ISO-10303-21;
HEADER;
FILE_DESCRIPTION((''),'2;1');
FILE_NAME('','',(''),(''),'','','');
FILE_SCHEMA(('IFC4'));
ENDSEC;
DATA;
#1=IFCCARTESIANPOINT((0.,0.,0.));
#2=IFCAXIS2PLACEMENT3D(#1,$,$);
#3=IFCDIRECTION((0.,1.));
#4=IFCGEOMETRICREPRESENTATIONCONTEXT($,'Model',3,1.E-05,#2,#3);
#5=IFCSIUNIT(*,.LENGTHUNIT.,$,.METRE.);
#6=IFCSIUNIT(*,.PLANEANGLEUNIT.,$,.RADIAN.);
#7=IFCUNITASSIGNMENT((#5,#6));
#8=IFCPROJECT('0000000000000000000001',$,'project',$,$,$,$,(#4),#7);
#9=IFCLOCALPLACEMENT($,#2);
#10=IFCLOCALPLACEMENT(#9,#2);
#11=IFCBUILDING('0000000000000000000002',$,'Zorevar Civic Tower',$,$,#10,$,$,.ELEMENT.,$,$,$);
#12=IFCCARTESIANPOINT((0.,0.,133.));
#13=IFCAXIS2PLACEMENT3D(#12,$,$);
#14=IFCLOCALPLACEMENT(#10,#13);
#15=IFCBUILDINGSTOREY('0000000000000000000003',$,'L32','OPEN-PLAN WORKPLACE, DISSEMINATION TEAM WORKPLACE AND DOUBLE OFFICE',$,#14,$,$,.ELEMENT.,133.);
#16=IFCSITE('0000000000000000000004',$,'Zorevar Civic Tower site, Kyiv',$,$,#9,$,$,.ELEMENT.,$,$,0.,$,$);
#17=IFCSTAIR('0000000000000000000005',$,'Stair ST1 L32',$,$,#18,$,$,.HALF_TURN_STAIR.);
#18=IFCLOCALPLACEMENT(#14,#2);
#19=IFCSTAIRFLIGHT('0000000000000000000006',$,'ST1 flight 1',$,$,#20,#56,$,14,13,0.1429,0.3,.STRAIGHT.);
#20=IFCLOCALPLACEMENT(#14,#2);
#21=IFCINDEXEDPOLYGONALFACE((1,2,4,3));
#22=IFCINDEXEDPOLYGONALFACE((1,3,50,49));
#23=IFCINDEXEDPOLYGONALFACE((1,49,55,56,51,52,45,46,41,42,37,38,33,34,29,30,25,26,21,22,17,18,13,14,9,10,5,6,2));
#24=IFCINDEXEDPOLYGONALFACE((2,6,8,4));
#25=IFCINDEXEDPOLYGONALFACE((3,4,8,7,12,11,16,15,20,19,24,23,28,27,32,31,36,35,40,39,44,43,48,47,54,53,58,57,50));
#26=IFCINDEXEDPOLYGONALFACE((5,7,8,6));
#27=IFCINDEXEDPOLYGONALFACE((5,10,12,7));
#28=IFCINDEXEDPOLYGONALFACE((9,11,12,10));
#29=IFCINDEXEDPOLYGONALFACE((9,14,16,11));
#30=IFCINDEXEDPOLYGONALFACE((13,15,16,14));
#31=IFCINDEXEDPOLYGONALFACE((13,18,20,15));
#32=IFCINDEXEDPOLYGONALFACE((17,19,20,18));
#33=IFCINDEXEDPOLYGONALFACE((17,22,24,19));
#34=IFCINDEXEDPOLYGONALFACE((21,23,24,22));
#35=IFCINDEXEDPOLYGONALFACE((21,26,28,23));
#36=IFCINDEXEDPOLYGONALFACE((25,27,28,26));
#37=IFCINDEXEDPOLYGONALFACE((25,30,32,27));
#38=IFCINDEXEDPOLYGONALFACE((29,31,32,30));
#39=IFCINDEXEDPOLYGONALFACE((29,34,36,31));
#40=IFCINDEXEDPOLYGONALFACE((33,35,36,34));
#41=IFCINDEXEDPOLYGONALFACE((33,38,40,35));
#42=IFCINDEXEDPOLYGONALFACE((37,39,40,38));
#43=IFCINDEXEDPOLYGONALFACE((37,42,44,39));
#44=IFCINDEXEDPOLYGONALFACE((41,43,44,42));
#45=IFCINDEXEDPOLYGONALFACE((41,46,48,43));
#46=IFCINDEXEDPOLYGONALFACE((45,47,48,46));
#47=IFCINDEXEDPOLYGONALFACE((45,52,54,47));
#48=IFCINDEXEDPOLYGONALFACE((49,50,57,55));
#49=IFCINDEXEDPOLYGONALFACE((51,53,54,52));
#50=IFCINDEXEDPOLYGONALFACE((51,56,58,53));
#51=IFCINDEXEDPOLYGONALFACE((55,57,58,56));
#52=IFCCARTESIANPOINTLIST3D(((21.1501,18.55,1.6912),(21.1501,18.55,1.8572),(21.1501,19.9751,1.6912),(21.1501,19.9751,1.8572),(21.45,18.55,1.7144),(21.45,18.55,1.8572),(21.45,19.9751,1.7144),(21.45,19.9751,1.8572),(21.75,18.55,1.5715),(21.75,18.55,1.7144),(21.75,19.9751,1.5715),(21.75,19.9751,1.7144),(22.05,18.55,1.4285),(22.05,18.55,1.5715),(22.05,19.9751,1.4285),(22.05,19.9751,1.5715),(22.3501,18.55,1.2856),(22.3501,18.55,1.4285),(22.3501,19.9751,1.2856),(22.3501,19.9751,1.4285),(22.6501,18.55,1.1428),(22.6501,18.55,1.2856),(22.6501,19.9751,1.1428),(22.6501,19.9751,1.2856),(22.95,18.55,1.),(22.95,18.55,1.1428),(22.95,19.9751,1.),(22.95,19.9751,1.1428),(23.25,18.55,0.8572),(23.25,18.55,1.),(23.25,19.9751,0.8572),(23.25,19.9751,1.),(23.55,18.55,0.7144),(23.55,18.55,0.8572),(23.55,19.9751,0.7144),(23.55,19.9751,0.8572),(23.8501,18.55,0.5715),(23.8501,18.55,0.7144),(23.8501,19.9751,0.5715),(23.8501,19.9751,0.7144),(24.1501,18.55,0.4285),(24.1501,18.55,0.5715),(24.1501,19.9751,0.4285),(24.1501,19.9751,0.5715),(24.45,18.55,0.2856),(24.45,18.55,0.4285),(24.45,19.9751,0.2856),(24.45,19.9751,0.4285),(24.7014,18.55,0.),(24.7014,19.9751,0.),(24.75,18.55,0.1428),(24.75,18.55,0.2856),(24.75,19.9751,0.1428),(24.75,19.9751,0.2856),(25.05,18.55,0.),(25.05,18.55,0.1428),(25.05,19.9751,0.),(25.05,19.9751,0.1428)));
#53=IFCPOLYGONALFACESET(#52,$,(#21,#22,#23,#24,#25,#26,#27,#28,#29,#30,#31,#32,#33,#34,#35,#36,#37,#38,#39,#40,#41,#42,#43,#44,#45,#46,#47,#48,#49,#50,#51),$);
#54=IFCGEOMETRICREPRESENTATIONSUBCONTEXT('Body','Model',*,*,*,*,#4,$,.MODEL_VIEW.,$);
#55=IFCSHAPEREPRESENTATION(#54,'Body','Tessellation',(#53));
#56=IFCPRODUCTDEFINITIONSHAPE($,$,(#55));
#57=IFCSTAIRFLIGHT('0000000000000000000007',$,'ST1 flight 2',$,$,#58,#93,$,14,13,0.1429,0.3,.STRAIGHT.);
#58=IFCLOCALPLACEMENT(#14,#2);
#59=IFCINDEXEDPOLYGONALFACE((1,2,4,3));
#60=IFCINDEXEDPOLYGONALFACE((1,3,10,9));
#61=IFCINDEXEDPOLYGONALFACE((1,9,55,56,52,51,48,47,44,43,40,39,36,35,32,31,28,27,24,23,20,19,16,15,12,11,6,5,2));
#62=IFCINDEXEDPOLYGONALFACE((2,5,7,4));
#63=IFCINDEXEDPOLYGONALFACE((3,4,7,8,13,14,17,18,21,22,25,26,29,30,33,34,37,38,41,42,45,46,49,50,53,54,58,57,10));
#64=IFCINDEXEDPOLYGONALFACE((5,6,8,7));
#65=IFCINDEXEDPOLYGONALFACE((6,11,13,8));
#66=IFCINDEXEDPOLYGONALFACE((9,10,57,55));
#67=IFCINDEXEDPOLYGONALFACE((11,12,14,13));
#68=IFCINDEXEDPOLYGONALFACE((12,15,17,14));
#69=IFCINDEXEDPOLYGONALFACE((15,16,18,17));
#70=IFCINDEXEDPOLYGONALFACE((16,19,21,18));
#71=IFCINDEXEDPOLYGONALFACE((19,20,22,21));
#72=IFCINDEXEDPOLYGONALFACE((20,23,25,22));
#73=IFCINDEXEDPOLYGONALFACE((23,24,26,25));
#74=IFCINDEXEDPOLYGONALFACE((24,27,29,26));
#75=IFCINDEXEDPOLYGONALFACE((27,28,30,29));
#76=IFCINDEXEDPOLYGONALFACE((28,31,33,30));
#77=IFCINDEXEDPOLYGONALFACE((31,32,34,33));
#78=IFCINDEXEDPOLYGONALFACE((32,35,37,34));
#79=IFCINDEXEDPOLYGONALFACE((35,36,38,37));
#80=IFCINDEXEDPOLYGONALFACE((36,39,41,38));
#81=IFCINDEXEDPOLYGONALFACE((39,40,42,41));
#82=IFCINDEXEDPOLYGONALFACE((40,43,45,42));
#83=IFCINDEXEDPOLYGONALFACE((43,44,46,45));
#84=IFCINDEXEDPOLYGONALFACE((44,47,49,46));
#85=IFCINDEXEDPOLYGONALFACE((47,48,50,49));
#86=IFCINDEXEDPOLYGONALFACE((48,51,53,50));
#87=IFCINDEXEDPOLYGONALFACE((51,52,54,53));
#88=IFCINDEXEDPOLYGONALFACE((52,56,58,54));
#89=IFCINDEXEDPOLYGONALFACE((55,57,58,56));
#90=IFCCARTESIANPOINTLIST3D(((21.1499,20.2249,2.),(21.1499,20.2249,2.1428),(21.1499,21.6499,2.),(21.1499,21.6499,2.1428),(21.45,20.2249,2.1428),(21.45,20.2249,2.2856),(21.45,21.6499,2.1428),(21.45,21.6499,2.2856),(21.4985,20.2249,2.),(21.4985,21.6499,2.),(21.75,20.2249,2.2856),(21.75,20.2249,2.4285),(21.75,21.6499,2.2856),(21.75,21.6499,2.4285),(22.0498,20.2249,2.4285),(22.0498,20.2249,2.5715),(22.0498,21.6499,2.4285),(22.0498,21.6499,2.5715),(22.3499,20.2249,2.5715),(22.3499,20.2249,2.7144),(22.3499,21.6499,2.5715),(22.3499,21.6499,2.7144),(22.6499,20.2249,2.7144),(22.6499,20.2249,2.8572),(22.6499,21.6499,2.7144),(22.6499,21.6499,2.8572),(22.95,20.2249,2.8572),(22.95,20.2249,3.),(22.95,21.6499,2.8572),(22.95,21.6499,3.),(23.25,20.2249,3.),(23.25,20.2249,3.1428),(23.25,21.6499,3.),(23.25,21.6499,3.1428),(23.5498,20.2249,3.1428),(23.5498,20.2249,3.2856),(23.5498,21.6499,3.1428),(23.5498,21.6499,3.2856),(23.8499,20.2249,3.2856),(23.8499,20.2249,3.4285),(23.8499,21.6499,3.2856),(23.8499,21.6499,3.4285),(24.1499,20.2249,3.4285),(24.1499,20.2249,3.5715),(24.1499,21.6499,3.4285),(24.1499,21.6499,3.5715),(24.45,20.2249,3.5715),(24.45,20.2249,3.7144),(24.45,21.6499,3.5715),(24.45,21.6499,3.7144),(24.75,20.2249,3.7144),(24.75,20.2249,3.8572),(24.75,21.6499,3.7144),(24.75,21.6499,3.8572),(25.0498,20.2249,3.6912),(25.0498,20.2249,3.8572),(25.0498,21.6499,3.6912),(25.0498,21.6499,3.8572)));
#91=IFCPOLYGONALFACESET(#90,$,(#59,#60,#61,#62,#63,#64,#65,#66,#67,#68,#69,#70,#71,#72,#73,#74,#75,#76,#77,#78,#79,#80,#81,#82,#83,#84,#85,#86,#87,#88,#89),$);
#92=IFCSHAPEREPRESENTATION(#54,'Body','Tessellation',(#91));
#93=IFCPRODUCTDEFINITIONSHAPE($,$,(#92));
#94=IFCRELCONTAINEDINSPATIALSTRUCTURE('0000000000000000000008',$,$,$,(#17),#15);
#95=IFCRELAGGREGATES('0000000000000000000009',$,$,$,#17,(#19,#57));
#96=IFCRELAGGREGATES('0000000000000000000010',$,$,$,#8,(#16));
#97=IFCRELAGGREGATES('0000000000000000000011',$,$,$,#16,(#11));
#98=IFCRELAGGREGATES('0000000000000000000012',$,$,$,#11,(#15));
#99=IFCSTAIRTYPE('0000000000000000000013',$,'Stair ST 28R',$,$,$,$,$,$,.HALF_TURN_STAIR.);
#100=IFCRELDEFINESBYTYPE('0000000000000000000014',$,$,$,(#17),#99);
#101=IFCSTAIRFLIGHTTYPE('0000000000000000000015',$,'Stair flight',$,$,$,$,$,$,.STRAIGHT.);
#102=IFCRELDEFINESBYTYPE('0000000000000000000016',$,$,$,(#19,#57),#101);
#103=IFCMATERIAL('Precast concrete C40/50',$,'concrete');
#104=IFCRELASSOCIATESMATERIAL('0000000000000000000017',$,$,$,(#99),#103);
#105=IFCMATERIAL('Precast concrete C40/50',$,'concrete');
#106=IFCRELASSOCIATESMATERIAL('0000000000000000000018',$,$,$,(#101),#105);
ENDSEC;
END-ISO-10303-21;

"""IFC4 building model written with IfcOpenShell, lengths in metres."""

from ifc_helpers import new_model, si_unit, direction, frame, origin, place, context, subcontext, project, spatial, polyline, outline, extrude, material, type_object, element, aggregate, save


model = new_model("IFC4")

# Units and contexts
model_context = context("Model", 3, precision=1e-05, world=origin(), true_north=direction((0.0, 1.0)))
body_context = subcontext(model_context, "Body", "Model", "MODEL_VIEW")
ifc_project = project(units=[si_unit("LENGTHUNIT", "METRE"), si_unit("PLANEANGLEUNIT", "RADIAN")], contexts=[model_context])

# Site, building, storey
site_placement = place(None, origin())
site = spatial("IfcSite", under=ifc_project, at=site_placement, Name="Zorevar Civic Tower site, Kyiv", CompositionType="ELEMENT", RefElevation=0.0)
building_placement = place(site_placement, origin())
building = spatial("IfcBuilding", under=site, at=building_placement, Name="Zorevar Civic Tower", CompositionType="ELEMENT")
storey_placement = place(building_placement, frame((0.0, 0.0, 133.0)))
storey = spatial("IfcBuildingStorey", under=building, at=storey_placement, Name="L32", Description="OPEN-PLAN WORKPLACE, DISSEMINATION TEAM WORKPLACE AND DOUBLE OFFICE", CompositionType="ELEMENT", Elevation=133.0)

# Stair, stair flights
ifc_material_1 = material(Name="Precast concrete C40/50", Category="concrete")
stair_type = type_object("IfcStairType", Name="Stair ST 28R", PredefinedType="HALF_TURN_STAIR", material=ifc_material_1)
stair_placement = place(storey_placement, origin())
stair = element("IfcStair", 1, at=stair_placement, inside=storey, type_object=stair_type, Name="Stair ST1 L32", PredefinedType="HALF_TURN_STAIR")
ifc_material_2 = material(Name="Precast concrete C40/50", Category="concrete")
stair_flight_type = type_object("IfcStairFlightType", Name="Stair flight", PredefinedType="STRAIGHT", material=ifc_material_2)
stair_flight_1_placement = place(storey_placement, frame((25.05, 19.2625, 0.0), z_axis=(0.0, 0.0, 1.0), x_axis=(-1.0, 0.0, 0.0)))
stair_flight_1 = element("IfcStairFlight", 2, at=stair_flight_1_placement, type_object=stair_flight_type, Name="ST1 flight 1", NumberOfRisers=14, NumberOfTreads=13, PredefinedType="STRAIGHT", RiserHeight=0.1429, TreadLength=0.3, context=body_context, shape_type="SweptSolid", body=[
    extrude(outline(polyline([(0.0, 0.0), (0.0, 0.1428), (0.3, 0.1428), (0.3, 0.2856), (0.6001, 0.2856), (0.6001, 0.4285), (0.8999, 0.4285), (0.8999, 0.5715), (1.2, 0.5715), (1.2, 0.7144), (1.5, 0.7144), (1.5, 0.8572), (1.8, 0.8572), (1.8, 1.0), (2.1001, 1.0), (2.1001, 1.1428), (2.3999, 1.1428), (2.3999, 1.2856), (2.7, 1.2856), (2.7, 1.4285), (3.0, 1.4285), (3.0, 1.5715), (3.3, 1.5715), (3.3, 1.7144), (3.6001, 1.7144), (3.6001, 1.8572), (3.8999, 1.8572), (3.8999, 2.0), (3.8999, 1.6912), (0.3486, 0.0), (0.0, 0.0)])), frame((0.0, 0.7124, 0.0), z_axis=(0.0, -1.0, 0.0), x_axis=(1.0, 0.0, 0.0)), (0.0, 0.0, 1.0), 1.425),
])
stair_flight_2_placement = place(storey_placement, frame((21.1499, 20.9375, 2.0), z_axis=(0.0, 0.0, 1.0), x_axis=(1.0, 0.0, 0.0)))
stair_flight_2 = element("IfcStairFlight", 3, at=stair_flight_2_placement, type_object=stair_flight_type, Name="ST1 flight 2", NumberOfRisers=14, NumberOfTreads=13, PredefinedType="STRAIGHT", RiserHeight=0.1429, TreadLength=0.3, context=body_context, shape_type="SweptSolid", body=[
    extrude(outline(polyline([(0.0, 0.0), (0.0, 0.1428), (0.3, 0.1428), (0.3, 0.2856), (0.6001, 0.2856), (0.6001, 0.4285), (0.8999, 0.4285), (0.8999, 0.5715), (1.2, 0.5715), (1.2, 0.7144), (1.5, 0.7144), (1.5, 0.8572), (1.8, 0.8572), (1.8, 1.0), (2.1001, 1.0), (2.1001, 1.1428), (2.3999, 1.1428), (2.3999, 1.2856), (2.7, 1.2856), (2.7, 1.4285), (3.0, 1.4285), (3.0, 1.5715), (3.3, 1.5715), (3.3, 1.7144), (3.6001, 1.7144), (3.6001, 1.8572), (3.8999, 1.8572), (3.8999, 2.0), (3.8999, 1.6912), (0.3486, 0.0), (0.0, 0.0)])), frame((0.0, 0.7124, 0.0), z_axis=(0.0, -1.0, 0.0), x_axis=(1.0, 0.0, 0.0)), (0.0, 0.0, 1.0), 1.425),
])
aggregate(stair, [stair_flight_1, stair_flight_2])

save(model, "model.ifc")
